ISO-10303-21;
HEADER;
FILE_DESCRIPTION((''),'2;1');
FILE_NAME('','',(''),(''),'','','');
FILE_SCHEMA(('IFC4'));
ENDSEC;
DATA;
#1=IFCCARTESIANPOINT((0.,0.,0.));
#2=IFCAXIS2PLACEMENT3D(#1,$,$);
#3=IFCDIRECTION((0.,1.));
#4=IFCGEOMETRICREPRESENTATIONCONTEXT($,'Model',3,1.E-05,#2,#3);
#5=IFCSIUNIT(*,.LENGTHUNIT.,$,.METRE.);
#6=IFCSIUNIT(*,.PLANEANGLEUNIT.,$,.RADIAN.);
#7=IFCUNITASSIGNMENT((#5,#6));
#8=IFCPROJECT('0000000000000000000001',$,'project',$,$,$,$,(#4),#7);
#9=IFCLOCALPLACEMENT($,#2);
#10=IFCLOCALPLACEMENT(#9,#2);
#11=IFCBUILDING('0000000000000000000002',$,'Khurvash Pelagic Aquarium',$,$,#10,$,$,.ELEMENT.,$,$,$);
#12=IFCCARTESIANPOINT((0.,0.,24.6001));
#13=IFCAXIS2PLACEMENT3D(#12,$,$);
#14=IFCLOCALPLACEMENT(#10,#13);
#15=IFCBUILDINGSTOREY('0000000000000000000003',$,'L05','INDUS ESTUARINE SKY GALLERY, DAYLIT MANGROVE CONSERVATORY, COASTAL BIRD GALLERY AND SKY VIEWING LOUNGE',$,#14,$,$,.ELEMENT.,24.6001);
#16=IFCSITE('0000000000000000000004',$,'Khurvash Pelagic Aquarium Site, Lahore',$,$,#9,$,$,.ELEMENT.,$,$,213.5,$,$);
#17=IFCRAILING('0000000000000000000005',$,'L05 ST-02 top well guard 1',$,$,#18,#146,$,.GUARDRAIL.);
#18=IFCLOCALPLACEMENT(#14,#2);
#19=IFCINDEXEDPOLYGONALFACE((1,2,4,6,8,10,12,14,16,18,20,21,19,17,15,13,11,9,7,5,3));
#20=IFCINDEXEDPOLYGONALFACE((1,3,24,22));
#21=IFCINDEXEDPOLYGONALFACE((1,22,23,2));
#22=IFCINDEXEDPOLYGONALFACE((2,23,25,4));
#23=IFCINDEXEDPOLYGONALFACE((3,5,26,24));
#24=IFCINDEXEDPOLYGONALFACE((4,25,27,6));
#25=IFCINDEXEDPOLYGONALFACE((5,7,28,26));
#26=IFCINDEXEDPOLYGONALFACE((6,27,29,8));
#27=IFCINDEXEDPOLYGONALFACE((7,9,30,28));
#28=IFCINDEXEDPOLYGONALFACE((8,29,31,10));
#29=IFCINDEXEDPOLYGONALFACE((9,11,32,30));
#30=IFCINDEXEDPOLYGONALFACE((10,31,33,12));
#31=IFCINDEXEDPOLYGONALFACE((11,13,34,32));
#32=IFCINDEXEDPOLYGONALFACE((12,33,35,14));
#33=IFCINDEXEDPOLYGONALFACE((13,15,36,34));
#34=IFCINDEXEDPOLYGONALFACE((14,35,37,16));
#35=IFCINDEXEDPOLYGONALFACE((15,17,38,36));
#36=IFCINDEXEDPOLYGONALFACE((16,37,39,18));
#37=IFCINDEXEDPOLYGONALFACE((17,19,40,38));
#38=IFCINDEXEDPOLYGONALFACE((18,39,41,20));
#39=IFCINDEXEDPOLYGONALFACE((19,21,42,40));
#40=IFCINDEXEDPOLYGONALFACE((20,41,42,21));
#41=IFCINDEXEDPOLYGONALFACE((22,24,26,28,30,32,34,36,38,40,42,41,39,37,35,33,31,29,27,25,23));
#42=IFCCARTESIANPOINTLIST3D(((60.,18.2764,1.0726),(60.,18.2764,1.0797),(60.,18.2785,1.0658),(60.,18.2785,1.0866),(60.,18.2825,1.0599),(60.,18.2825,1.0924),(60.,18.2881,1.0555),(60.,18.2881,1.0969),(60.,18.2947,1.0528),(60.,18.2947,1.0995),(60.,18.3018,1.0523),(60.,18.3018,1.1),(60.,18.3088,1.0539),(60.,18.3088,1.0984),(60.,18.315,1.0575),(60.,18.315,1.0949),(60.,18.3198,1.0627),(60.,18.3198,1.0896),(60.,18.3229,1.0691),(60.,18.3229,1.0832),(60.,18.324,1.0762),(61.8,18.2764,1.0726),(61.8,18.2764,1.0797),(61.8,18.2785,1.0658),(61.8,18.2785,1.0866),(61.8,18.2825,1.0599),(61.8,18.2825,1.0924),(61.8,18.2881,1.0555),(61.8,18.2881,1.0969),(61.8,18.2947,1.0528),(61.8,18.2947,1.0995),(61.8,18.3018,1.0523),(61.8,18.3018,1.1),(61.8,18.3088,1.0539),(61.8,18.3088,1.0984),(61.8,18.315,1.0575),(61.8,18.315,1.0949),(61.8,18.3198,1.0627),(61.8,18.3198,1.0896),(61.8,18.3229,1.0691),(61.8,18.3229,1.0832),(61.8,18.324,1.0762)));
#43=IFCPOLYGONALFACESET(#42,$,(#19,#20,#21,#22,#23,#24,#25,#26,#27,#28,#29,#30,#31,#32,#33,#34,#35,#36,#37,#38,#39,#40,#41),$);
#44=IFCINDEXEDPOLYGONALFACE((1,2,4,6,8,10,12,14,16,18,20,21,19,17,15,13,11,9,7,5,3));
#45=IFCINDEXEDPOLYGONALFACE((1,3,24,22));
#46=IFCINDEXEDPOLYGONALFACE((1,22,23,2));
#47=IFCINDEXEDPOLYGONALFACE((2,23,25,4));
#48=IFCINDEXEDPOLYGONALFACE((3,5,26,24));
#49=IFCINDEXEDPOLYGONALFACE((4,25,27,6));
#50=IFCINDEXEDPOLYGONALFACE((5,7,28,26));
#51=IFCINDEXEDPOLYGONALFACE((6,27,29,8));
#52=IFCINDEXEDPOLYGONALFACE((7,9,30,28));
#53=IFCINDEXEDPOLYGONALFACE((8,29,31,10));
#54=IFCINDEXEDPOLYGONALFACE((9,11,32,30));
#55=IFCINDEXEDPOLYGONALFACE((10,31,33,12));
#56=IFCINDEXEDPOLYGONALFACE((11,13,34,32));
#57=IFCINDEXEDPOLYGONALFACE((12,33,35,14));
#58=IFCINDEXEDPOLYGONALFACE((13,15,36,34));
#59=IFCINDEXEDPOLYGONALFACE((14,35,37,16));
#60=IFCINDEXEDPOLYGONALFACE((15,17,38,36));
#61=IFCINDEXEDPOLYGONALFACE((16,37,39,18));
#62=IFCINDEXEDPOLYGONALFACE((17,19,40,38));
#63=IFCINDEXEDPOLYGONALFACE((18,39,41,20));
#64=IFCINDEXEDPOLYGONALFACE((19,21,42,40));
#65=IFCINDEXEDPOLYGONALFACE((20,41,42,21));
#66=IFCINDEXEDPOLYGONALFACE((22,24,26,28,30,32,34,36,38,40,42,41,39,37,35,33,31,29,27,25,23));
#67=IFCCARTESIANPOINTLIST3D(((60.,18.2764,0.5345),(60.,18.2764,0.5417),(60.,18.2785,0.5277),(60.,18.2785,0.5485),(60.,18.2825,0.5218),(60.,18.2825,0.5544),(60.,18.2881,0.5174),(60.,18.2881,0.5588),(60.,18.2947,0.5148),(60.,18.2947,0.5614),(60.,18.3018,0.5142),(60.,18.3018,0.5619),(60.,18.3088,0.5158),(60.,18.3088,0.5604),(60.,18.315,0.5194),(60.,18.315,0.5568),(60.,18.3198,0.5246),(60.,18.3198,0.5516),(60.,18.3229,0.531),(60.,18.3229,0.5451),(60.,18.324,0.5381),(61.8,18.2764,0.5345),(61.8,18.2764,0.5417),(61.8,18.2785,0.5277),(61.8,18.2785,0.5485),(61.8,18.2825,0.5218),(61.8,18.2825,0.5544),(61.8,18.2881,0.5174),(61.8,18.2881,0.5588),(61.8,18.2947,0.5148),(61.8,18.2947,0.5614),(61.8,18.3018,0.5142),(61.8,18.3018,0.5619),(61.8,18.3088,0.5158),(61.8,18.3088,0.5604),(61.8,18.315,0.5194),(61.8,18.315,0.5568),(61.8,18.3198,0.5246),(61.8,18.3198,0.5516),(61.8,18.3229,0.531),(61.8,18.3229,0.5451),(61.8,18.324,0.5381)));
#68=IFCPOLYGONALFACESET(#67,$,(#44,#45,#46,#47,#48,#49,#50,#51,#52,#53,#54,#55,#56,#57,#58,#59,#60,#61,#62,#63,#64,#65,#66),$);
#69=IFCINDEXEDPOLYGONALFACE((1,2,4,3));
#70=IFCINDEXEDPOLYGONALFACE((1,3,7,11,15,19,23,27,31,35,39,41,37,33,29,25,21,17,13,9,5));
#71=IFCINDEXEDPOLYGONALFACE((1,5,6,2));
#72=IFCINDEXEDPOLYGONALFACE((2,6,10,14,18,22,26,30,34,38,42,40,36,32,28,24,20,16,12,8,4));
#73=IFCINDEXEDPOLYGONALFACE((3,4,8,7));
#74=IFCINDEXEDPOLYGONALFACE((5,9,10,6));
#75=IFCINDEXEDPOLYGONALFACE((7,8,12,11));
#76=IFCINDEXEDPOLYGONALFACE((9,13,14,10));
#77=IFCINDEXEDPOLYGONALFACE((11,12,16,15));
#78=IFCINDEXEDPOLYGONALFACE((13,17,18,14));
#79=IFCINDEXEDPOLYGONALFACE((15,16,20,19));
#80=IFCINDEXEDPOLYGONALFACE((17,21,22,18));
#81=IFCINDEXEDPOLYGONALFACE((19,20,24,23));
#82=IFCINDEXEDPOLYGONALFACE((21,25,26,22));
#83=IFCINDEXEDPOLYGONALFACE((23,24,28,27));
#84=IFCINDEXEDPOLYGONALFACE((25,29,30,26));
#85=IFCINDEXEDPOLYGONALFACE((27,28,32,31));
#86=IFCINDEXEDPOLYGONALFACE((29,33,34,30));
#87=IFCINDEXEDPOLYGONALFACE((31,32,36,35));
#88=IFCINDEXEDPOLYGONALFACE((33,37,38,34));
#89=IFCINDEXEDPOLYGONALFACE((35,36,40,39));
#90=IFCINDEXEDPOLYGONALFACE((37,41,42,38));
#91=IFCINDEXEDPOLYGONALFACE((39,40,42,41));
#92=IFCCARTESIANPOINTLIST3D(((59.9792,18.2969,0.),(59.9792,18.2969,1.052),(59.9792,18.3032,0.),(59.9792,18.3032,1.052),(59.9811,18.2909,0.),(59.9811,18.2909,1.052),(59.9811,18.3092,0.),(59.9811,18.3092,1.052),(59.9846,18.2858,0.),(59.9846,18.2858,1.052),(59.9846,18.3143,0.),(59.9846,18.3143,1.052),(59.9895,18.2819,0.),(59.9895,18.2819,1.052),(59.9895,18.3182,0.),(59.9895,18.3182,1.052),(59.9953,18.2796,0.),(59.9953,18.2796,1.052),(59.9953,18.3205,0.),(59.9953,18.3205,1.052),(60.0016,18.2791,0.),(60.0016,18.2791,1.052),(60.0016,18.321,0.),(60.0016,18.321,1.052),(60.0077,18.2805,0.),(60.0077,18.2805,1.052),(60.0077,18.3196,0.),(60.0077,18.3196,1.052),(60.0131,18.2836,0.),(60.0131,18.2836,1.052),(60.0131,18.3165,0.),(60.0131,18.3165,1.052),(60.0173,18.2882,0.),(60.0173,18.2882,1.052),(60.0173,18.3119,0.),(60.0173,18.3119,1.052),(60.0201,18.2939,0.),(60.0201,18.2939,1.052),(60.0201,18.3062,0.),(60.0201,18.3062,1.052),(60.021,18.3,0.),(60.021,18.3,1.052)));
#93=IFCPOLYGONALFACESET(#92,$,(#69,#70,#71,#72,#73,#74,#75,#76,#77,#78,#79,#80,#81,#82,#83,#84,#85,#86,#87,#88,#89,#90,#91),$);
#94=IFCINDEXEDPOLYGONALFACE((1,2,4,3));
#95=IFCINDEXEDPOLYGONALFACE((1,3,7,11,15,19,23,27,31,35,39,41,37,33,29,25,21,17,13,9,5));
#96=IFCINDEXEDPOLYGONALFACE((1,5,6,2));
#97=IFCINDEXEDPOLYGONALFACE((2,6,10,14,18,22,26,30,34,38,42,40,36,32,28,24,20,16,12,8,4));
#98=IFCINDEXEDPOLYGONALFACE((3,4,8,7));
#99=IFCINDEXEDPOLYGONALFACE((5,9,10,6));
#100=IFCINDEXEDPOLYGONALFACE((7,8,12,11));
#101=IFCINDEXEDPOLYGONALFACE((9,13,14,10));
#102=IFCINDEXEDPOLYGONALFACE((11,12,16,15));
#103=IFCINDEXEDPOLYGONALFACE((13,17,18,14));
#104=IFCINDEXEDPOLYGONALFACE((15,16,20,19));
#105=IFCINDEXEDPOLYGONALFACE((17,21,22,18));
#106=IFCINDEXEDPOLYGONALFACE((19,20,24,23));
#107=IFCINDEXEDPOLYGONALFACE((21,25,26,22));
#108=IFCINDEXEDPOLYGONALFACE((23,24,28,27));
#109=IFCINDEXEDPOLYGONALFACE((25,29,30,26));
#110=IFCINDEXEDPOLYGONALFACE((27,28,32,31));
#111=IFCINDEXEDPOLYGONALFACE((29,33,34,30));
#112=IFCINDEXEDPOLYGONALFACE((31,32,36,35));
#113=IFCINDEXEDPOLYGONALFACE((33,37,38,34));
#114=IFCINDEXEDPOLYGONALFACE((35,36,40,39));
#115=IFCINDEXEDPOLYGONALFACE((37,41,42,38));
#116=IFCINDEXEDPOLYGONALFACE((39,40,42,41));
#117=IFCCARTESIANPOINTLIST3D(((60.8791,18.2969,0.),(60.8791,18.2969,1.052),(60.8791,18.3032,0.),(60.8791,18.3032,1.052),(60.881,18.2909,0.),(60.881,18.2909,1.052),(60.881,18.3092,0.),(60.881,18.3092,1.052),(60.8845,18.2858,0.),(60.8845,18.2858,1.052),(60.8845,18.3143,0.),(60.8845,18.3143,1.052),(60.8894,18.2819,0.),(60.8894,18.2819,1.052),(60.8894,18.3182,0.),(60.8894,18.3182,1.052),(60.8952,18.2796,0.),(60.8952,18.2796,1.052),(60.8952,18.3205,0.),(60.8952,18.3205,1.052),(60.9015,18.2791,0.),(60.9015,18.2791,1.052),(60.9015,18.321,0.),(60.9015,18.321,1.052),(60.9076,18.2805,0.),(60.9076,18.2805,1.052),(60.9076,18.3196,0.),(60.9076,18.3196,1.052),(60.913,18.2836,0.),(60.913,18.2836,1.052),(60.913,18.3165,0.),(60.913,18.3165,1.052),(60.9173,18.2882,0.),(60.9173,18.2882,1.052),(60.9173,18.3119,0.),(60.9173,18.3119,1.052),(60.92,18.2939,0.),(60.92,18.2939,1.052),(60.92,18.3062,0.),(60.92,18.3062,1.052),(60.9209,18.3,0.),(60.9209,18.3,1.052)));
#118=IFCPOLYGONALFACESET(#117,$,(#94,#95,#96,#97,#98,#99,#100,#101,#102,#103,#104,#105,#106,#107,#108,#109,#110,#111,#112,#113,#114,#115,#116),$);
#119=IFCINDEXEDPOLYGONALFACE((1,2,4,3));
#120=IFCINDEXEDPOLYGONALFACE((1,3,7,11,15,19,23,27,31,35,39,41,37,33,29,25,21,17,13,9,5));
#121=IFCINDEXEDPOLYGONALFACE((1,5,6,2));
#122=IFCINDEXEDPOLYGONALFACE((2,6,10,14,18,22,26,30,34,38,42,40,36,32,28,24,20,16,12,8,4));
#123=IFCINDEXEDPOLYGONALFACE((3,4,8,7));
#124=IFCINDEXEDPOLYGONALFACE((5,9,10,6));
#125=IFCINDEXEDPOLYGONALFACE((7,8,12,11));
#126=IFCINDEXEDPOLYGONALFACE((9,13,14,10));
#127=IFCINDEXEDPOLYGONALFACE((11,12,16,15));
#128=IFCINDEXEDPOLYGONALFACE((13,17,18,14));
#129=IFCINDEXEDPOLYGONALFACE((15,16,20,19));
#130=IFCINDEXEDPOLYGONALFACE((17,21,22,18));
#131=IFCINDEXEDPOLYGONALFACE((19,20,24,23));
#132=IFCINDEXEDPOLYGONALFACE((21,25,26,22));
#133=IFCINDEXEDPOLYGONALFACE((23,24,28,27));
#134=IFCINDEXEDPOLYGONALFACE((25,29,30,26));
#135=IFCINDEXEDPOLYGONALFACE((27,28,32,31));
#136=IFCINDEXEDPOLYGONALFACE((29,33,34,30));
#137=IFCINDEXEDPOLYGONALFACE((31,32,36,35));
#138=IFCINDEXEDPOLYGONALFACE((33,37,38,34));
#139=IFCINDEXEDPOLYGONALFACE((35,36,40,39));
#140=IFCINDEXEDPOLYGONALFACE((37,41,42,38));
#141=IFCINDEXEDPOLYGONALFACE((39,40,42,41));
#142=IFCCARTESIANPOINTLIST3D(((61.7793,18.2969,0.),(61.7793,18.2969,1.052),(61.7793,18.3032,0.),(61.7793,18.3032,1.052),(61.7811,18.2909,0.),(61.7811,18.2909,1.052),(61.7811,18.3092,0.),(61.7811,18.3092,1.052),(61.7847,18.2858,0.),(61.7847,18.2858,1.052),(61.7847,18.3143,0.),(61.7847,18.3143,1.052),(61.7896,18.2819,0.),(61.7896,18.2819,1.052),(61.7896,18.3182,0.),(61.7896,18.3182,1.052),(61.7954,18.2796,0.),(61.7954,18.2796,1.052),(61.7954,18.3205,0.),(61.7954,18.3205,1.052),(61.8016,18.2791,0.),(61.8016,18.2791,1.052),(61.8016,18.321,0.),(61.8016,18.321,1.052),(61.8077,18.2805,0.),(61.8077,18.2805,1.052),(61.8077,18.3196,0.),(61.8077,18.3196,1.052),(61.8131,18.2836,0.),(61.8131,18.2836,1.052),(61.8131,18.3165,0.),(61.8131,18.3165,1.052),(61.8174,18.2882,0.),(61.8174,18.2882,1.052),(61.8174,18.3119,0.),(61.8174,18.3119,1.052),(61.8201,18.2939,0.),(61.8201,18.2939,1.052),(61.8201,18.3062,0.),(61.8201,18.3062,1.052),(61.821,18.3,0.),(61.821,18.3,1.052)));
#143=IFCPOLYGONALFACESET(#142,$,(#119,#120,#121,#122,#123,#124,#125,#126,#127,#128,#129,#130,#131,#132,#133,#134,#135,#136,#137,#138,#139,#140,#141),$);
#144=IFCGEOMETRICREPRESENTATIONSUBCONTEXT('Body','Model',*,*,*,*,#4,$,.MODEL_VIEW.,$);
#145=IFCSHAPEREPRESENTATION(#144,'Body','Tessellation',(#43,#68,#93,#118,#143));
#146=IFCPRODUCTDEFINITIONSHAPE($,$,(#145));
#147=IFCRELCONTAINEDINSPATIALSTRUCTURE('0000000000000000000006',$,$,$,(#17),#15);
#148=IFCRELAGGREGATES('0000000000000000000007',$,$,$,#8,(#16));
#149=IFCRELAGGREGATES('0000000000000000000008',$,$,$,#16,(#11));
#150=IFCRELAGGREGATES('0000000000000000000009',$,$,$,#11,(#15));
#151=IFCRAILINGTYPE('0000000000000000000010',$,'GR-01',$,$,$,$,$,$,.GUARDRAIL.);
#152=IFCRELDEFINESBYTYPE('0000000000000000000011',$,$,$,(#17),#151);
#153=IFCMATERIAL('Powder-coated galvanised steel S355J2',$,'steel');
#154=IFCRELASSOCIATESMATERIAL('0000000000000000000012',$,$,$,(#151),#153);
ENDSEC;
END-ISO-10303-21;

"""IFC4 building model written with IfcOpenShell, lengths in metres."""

from ifc_helpers import new_model, si_unit, direction, frame, origin, origin_2d, place, context, subcontext, project, spatial, circle, extrude, material, type_object, element, save


model = new_model("IFC4")

# Units and contexts
model_context = context("Model", 3, precision=1e-05, world=origin(), true_north=direction((0.0, 1.0)))
body_context = subcontext(model_context, "Body", "Model", "MODEL_VIEW")
ifc_project = project(units=[si_unit("LENGTHUNIT", "METRE"), si_unit("PLANEANGLEUNIT", "RADIAN")], contexts=[model_context])

# Site, building, storey
site_placement = place(None, origin())
site = spatial("IfcSite", under=ifc_project, at=site_placement, Name="Khurvash Pelagic Aquarium Site, Lahore", CompositionType="ELEMENT", RefElevation=213.5)
building_placement = place(site_placement, origin())
building = spatial("IfcBuilding", under=site, at=building_placement, Name="Khurvash Pelagic Aquarium", CompositionType="ELEMENT")
storey_placement = place(building_placement, frame((0.0, 0.0, 24.6001)))
storey = spatial("IfcBuildingStorey", under=building, at=storey_placement, Name="L05", Description="INDUS ESTUARINE SKY GALLERY, DAYLIT MANGROVE CONSERVATORY, COASTAL BIRD GALLERY AND SKY VIEWING LOUNGE", CompositionType="ELEMENT", Elevation=24.6001)

# Railing
ifc_material_1 = material(Name="Powder-coated galvanised steel S355J2", Category="steel")
railing_type = type_object("IfcRailingType", Name="GR-01", PredefinedType="GUARDRAIL", material=ifc_material_1)
railing_placement = place(storey_placement, frame((60.0, 18.3, 0.0)))
element("IfcRailing", 1, at=railing_placement, inside=storey, type_object=railing_type, Name="L05 ST-02 top well guard 1", PredefinedType="GUARDRAIL", context=body_context, shape_type="SweptSolid", body=[
    extrude(circle(Radius=0.0239, at=origin_2d()), frame((0.0, 0.0, 1.0762), z_axis=(1.0, 0.0, 0.0), x_axis=(0.0, 1.0, 0.0)), (0.0, 0.0, 1.0), 1.8),
    extrude(circle(Radius=0.0239, at=origin_2d()), frame((0.0, 0.0, 0.5381), z_axis=(1.0, 0.0, 0.0), x_axis=(0.0, 1.0, 0.0)), (0.0, 0.0, 1.0), 1.8),
    extrude(circle(Radius=0.021, at=origin_2d()), origin(), (0.0, 0.0, 1.0), 1.052),
    extrude(circle(Radius=0.021, at=origin_2d()), frame((0.8999, 0.0, 0.0)), (0.0, 0.0, 1.0), 1.052),
    extrude(circle(Radius=0.021, at=origin_2d()), frame((1.8, 0.0, 0.0)), (0.0, 0.0, 1.0), 1.052),
])

save(model, "model.ifc")
